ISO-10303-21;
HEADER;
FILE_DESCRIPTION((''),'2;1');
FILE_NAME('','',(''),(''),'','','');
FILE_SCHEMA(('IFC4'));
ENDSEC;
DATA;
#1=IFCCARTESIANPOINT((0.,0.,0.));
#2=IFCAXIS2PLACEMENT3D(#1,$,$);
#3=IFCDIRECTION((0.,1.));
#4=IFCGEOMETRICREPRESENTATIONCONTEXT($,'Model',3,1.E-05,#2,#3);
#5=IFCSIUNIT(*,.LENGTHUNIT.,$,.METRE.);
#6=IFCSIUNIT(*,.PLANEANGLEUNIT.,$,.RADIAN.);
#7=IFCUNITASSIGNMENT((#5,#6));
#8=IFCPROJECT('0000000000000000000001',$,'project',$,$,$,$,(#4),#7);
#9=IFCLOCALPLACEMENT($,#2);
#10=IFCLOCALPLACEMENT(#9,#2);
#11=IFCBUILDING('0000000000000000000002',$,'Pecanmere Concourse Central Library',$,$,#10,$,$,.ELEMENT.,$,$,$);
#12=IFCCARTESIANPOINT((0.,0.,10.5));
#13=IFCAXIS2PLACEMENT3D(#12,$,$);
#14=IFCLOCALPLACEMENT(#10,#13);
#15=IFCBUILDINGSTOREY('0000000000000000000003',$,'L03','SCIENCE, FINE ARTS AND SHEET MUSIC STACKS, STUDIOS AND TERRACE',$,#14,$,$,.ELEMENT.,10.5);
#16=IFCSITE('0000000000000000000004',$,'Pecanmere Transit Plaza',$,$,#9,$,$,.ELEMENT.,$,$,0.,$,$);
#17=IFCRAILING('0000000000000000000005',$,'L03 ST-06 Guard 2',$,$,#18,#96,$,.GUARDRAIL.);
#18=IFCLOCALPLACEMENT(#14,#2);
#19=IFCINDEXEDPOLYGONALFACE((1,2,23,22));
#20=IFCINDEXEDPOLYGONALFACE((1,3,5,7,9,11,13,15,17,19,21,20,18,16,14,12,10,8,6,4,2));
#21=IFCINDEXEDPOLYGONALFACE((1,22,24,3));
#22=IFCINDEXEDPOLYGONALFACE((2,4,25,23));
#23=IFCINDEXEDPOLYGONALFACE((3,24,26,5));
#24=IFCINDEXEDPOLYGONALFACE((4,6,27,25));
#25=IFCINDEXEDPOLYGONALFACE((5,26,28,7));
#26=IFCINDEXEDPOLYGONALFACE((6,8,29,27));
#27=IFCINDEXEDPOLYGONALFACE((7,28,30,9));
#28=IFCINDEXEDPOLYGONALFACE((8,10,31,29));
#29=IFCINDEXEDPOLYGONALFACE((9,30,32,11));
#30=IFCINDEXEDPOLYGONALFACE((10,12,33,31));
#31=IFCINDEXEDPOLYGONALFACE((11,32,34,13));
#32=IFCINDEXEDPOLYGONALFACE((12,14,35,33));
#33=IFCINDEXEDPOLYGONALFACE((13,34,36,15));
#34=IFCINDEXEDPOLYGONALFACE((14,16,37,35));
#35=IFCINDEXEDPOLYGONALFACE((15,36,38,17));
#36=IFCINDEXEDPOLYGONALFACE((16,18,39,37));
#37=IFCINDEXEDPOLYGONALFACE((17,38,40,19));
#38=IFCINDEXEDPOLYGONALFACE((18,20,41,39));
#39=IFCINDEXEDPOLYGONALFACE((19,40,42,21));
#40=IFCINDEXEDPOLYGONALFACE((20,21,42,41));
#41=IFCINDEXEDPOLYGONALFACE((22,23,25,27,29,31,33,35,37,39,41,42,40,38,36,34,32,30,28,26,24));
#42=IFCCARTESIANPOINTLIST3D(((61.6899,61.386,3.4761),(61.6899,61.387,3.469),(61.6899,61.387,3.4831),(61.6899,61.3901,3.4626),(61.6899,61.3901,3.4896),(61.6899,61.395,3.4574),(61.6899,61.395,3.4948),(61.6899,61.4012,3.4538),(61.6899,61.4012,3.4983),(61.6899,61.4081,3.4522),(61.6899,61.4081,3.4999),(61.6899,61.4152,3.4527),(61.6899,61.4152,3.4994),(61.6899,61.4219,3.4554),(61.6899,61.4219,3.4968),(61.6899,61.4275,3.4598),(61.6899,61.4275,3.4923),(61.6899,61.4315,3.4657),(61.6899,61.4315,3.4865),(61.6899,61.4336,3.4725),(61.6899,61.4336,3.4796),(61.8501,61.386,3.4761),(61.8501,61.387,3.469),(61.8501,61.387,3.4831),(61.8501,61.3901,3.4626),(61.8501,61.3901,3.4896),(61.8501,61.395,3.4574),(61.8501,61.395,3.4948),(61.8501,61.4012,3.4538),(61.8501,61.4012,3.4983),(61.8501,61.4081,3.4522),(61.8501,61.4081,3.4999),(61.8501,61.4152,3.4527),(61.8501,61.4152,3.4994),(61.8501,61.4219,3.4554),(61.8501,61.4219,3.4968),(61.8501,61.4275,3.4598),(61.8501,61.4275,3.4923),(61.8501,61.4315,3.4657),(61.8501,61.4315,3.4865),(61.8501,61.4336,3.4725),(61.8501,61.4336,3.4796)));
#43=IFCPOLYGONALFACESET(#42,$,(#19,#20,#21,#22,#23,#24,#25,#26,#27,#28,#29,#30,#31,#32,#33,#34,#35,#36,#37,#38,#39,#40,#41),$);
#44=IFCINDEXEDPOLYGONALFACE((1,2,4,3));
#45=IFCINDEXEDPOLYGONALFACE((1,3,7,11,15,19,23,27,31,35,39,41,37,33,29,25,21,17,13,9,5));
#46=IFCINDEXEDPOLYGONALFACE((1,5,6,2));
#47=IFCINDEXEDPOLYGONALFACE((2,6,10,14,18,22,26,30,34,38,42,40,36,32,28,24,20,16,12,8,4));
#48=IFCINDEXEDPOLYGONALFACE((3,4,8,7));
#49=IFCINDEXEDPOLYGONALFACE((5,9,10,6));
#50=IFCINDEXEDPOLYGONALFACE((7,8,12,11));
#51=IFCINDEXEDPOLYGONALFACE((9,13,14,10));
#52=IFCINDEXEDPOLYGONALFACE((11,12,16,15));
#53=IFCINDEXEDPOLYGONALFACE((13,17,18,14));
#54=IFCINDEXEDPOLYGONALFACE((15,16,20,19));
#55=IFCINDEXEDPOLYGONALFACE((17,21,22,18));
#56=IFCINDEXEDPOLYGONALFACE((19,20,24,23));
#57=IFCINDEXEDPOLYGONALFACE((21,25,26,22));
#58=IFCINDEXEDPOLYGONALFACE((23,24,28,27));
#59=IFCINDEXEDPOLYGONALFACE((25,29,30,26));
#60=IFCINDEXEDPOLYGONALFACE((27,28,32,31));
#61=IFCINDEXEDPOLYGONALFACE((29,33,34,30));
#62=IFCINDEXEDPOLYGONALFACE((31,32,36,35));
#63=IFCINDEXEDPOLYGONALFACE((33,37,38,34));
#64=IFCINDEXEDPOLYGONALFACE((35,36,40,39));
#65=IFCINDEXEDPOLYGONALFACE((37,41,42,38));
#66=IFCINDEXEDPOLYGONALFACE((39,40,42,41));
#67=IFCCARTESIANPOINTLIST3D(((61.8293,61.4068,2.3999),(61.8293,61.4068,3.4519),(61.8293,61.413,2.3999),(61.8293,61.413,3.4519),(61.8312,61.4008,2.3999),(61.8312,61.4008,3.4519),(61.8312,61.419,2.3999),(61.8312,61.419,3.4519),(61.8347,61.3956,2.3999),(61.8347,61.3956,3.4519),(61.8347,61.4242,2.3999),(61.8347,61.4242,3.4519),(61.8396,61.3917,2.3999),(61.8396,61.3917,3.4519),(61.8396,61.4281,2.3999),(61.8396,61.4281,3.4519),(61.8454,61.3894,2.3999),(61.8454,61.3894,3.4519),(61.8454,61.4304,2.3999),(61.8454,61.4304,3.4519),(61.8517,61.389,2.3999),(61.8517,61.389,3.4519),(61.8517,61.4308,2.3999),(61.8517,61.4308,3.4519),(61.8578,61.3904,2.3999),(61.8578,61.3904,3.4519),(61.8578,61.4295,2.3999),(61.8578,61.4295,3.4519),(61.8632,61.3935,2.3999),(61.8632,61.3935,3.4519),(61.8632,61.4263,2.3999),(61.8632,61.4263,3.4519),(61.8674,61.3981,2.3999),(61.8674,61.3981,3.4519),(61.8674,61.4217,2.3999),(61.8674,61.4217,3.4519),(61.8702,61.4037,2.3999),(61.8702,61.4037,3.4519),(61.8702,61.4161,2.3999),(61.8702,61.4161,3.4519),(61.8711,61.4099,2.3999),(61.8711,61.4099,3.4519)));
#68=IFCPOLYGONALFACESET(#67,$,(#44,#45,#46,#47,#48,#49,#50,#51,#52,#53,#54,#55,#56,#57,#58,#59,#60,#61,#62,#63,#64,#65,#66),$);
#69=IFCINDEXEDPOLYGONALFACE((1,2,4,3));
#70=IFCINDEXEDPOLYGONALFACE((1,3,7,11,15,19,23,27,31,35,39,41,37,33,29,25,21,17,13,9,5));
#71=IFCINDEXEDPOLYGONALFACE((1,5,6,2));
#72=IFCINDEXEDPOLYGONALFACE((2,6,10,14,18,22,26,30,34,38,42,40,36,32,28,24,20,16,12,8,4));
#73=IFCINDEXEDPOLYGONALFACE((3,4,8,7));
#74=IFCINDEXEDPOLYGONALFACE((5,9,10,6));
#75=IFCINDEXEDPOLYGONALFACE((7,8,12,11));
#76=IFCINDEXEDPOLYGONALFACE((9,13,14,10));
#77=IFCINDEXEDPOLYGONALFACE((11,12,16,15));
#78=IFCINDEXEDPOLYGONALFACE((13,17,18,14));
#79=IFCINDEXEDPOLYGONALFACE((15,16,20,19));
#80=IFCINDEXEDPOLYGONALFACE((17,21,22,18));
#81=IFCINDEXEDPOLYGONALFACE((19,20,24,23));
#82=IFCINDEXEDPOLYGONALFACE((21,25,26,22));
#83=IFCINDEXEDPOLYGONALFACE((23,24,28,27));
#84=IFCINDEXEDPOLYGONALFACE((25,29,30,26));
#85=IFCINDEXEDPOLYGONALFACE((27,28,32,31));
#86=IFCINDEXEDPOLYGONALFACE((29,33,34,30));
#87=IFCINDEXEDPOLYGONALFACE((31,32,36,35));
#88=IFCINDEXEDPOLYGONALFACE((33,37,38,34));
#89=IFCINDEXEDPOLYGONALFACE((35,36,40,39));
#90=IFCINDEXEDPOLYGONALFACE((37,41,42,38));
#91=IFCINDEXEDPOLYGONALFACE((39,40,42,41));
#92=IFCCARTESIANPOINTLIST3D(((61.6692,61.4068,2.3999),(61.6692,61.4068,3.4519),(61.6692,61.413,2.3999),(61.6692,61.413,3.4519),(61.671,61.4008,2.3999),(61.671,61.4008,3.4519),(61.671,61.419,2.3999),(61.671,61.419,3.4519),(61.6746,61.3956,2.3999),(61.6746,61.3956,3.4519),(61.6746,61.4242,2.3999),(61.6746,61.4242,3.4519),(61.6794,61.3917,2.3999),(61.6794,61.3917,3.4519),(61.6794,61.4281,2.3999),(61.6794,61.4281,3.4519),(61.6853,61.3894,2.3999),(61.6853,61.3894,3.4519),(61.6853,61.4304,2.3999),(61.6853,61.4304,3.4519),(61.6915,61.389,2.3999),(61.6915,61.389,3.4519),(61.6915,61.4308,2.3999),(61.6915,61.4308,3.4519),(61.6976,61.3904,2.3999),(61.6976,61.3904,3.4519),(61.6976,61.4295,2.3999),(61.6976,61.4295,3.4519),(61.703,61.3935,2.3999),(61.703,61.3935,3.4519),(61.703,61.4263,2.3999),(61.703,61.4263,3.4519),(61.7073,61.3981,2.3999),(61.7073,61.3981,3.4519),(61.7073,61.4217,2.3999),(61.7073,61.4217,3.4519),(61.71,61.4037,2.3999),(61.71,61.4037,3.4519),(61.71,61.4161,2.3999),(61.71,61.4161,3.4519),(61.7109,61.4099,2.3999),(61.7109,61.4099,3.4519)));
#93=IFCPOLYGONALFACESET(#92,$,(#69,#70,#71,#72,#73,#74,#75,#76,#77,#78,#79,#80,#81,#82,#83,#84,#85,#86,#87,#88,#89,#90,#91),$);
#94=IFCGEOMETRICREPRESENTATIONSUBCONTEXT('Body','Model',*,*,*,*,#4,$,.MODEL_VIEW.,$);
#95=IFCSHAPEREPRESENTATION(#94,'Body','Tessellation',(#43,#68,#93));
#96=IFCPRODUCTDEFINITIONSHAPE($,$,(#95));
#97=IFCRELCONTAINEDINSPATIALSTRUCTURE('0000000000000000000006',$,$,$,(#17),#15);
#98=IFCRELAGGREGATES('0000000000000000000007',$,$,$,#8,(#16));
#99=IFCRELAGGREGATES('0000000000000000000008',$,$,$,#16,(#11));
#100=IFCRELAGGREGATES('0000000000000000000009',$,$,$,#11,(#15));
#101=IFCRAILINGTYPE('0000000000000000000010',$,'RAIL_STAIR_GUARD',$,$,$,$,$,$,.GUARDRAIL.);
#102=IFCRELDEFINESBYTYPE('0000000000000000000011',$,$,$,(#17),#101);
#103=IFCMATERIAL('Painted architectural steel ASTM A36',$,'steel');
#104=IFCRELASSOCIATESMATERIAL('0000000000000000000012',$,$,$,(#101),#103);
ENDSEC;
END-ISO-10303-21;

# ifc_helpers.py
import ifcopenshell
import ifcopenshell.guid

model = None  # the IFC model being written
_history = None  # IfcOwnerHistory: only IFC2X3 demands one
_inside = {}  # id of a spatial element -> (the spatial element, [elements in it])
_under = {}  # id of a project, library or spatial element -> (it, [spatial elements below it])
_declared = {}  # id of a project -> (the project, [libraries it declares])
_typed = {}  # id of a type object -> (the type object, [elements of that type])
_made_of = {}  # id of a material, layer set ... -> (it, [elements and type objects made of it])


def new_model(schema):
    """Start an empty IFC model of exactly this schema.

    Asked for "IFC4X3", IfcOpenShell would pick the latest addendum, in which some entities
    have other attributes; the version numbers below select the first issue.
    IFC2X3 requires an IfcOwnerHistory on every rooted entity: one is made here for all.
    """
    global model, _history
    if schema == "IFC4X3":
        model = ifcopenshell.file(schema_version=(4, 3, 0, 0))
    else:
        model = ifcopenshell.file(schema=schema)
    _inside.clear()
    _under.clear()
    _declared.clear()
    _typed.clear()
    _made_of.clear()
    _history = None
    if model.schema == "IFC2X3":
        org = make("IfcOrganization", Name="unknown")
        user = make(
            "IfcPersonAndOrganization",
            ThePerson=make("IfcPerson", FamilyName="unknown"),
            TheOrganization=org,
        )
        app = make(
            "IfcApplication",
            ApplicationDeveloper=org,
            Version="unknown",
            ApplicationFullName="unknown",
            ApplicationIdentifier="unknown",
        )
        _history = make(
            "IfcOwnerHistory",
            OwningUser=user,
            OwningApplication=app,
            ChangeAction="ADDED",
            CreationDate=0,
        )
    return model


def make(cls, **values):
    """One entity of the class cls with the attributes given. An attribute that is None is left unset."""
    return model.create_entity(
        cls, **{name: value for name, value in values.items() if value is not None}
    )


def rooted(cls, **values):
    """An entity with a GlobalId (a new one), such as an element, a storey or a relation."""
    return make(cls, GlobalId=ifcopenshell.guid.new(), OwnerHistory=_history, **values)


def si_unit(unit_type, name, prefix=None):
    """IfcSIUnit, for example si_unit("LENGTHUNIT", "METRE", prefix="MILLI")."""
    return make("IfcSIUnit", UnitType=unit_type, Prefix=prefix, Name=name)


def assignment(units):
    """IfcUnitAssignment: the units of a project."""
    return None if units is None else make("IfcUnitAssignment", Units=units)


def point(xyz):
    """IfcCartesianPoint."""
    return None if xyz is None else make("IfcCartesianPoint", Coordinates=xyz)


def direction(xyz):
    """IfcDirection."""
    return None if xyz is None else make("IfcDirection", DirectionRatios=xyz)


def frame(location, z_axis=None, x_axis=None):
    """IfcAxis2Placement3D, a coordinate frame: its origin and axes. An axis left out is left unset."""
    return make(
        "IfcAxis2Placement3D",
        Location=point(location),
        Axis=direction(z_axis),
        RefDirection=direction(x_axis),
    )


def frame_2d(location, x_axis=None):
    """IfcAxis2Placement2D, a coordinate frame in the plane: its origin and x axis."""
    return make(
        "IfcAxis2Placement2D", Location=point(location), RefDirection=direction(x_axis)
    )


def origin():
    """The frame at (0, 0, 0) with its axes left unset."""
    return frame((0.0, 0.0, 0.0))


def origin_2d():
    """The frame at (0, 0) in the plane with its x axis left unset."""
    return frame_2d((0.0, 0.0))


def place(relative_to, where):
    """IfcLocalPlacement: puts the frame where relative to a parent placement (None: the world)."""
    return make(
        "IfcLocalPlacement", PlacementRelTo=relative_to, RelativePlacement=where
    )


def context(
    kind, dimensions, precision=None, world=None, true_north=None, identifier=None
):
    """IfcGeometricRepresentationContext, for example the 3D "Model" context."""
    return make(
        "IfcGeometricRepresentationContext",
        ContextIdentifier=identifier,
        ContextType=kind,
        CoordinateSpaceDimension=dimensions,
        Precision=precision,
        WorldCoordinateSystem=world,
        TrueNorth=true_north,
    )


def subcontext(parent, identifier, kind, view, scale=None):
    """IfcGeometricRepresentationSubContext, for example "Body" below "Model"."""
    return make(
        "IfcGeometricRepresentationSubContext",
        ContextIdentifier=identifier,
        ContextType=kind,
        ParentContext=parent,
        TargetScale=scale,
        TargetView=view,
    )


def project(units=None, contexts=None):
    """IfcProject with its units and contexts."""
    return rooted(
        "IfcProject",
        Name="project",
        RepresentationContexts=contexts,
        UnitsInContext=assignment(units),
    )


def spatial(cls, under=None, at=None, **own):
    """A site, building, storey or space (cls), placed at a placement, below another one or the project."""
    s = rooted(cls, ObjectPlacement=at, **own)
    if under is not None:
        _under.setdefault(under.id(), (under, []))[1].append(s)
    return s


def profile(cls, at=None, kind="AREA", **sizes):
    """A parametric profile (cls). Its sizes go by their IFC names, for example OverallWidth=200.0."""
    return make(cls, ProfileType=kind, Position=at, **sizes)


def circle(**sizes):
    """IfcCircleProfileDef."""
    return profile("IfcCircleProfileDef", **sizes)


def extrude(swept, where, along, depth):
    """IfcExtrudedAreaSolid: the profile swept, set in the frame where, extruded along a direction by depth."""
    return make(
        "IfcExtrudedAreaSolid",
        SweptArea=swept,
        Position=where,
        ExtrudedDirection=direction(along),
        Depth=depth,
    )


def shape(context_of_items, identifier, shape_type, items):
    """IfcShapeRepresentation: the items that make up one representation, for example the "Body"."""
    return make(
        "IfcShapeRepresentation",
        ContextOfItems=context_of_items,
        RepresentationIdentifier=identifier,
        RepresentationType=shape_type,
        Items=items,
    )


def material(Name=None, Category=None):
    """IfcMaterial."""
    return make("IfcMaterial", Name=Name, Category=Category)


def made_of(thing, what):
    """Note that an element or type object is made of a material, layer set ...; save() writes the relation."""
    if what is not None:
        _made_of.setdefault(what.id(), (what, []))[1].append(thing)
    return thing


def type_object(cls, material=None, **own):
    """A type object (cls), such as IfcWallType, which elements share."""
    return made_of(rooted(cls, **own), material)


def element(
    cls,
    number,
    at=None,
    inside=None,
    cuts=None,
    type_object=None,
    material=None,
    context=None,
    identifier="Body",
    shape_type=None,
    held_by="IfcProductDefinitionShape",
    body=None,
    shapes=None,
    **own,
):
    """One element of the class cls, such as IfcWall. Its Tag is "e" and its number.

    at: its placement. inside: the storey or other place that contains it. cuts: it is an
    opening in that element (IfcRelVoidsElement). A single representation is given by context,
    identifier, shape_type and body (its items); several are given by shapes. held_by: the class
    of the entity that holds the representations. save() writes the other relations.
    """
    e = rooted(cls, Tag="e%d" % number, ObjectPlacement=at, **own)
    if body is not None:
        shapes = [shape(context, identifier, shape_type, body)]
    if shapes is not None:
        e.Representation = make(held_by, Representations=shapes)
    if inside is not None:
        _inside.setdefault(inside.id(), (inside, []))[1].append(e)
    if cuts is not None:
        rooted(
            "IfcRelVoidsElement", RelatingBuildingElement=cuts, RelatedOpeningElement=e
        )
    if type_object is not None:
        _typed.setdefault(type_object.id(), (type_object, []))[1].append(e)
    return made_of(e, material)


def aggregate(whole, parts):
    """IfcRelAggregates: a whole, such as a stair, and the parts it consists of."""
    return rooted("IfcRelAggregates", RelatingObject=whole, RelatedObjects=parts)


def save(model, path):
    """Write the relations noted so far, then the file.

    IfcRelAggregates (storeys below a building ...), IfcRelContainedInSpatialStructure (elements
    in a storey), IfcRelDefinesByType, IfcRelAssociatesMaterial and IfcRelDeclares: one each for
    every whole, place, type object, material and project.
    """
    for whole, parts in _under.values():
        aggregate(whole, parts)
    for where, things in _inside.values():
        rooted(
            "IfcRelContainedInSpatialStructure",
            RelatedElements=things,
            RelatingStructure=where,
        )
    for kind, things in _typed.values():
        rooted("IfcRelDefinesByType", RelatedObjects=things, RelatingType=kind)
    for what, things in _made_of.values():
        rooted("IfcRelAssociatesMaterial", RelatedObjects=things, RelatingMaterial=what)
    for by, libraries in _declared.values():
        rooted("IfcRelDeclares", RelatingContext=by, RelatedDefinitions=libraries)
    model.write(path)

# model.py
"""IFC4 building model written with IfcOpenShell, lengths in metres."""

from ifc_helpers import new_model, si_unit, direction, frame, origin, origin_2d, place, context, subcontext, project, spatial, circle, extrude, material, type_object, element, save


model = new_model("IFC4")

# Units and contexts
model_context = context("Model", 3, precision=1e-05, world=origin(), true_north=direction((0.0, 1.0)))
body_context = subcontext(model_context, "Body", "Model", "MODEL_VIEW")
ifc_project = project(units=[si_unit("LENGTHUNIT", "METRE"), si_unit("PLANEANGLEUNIT", "RADIAN")], contexts=[model_context])

# Site, building, storey
site_placement = place(None, origin())
site = spatial("IfcSite", under=ifc_project, at=site_placement, Name="Pecanmere Transit Plaza", CompositionType="ELEMENT", RefElevation=0.0)
building_placement = place(site_placement, origin())
building = spatial("IfcBuilding", under=site, at=building_placement, Name="Pecanmere Concourse Central Library", CompositionType="ELEMENT")
storey_placement = place(building_placement, frame((0.0, 0.0, 10.5)))
storey = spatial("IfcBuildingStorey", under=building, at=storey_placement, Name="L03", Description="SCIENCE, FINE ARTS AND SHEET MUSIC STACKS, STUDIOS AND TERRACE", CompositionType="ELEMENT", Elevation=10.5)

# Railing
ifc_material_1 = material(Name="Painted architectural steel ASTM A36", Category="steel")
railing_type_1 = type_object("IfcRailingType", Name="RAIL_STAIR_GUARD", PredefinedType="GUARDRAIL", material=ifc_material_1)
railing_1_placement = place(storey_placement, frame((61.8501, 61.4099, 2.3999)))
element("IfcRailing", 1, at=railing_1_placement, inside=storey, type_object=railing_type_1, Name="L03 ST-06 Guard 2", PredefinedType="GUARDRAIL", context=body_context, shape_type="SweptSolid", body=[
    extrude(circle(Radius=0.0239, at=origin_2d()), frame((0.0, 0.0, 1.0762), z_axis=(-1.0, 0.0, 0.0), x_axis=(0.0, -1.0, 0.0)), (0.0, 0.0, 1.0), 0.1602),
    extrude(circle(Radius=0.021, at=origin_2d()), origin(), (0.0, 0.0, 1.0), 1.052),
    extrude(circle(Radius=0.021, at=origin_2d()), frame((-0.1602, 0.0, 0.0)), (0.0, 0.0, 1.0), 1.052),
])

save(model, "model.ifc")
